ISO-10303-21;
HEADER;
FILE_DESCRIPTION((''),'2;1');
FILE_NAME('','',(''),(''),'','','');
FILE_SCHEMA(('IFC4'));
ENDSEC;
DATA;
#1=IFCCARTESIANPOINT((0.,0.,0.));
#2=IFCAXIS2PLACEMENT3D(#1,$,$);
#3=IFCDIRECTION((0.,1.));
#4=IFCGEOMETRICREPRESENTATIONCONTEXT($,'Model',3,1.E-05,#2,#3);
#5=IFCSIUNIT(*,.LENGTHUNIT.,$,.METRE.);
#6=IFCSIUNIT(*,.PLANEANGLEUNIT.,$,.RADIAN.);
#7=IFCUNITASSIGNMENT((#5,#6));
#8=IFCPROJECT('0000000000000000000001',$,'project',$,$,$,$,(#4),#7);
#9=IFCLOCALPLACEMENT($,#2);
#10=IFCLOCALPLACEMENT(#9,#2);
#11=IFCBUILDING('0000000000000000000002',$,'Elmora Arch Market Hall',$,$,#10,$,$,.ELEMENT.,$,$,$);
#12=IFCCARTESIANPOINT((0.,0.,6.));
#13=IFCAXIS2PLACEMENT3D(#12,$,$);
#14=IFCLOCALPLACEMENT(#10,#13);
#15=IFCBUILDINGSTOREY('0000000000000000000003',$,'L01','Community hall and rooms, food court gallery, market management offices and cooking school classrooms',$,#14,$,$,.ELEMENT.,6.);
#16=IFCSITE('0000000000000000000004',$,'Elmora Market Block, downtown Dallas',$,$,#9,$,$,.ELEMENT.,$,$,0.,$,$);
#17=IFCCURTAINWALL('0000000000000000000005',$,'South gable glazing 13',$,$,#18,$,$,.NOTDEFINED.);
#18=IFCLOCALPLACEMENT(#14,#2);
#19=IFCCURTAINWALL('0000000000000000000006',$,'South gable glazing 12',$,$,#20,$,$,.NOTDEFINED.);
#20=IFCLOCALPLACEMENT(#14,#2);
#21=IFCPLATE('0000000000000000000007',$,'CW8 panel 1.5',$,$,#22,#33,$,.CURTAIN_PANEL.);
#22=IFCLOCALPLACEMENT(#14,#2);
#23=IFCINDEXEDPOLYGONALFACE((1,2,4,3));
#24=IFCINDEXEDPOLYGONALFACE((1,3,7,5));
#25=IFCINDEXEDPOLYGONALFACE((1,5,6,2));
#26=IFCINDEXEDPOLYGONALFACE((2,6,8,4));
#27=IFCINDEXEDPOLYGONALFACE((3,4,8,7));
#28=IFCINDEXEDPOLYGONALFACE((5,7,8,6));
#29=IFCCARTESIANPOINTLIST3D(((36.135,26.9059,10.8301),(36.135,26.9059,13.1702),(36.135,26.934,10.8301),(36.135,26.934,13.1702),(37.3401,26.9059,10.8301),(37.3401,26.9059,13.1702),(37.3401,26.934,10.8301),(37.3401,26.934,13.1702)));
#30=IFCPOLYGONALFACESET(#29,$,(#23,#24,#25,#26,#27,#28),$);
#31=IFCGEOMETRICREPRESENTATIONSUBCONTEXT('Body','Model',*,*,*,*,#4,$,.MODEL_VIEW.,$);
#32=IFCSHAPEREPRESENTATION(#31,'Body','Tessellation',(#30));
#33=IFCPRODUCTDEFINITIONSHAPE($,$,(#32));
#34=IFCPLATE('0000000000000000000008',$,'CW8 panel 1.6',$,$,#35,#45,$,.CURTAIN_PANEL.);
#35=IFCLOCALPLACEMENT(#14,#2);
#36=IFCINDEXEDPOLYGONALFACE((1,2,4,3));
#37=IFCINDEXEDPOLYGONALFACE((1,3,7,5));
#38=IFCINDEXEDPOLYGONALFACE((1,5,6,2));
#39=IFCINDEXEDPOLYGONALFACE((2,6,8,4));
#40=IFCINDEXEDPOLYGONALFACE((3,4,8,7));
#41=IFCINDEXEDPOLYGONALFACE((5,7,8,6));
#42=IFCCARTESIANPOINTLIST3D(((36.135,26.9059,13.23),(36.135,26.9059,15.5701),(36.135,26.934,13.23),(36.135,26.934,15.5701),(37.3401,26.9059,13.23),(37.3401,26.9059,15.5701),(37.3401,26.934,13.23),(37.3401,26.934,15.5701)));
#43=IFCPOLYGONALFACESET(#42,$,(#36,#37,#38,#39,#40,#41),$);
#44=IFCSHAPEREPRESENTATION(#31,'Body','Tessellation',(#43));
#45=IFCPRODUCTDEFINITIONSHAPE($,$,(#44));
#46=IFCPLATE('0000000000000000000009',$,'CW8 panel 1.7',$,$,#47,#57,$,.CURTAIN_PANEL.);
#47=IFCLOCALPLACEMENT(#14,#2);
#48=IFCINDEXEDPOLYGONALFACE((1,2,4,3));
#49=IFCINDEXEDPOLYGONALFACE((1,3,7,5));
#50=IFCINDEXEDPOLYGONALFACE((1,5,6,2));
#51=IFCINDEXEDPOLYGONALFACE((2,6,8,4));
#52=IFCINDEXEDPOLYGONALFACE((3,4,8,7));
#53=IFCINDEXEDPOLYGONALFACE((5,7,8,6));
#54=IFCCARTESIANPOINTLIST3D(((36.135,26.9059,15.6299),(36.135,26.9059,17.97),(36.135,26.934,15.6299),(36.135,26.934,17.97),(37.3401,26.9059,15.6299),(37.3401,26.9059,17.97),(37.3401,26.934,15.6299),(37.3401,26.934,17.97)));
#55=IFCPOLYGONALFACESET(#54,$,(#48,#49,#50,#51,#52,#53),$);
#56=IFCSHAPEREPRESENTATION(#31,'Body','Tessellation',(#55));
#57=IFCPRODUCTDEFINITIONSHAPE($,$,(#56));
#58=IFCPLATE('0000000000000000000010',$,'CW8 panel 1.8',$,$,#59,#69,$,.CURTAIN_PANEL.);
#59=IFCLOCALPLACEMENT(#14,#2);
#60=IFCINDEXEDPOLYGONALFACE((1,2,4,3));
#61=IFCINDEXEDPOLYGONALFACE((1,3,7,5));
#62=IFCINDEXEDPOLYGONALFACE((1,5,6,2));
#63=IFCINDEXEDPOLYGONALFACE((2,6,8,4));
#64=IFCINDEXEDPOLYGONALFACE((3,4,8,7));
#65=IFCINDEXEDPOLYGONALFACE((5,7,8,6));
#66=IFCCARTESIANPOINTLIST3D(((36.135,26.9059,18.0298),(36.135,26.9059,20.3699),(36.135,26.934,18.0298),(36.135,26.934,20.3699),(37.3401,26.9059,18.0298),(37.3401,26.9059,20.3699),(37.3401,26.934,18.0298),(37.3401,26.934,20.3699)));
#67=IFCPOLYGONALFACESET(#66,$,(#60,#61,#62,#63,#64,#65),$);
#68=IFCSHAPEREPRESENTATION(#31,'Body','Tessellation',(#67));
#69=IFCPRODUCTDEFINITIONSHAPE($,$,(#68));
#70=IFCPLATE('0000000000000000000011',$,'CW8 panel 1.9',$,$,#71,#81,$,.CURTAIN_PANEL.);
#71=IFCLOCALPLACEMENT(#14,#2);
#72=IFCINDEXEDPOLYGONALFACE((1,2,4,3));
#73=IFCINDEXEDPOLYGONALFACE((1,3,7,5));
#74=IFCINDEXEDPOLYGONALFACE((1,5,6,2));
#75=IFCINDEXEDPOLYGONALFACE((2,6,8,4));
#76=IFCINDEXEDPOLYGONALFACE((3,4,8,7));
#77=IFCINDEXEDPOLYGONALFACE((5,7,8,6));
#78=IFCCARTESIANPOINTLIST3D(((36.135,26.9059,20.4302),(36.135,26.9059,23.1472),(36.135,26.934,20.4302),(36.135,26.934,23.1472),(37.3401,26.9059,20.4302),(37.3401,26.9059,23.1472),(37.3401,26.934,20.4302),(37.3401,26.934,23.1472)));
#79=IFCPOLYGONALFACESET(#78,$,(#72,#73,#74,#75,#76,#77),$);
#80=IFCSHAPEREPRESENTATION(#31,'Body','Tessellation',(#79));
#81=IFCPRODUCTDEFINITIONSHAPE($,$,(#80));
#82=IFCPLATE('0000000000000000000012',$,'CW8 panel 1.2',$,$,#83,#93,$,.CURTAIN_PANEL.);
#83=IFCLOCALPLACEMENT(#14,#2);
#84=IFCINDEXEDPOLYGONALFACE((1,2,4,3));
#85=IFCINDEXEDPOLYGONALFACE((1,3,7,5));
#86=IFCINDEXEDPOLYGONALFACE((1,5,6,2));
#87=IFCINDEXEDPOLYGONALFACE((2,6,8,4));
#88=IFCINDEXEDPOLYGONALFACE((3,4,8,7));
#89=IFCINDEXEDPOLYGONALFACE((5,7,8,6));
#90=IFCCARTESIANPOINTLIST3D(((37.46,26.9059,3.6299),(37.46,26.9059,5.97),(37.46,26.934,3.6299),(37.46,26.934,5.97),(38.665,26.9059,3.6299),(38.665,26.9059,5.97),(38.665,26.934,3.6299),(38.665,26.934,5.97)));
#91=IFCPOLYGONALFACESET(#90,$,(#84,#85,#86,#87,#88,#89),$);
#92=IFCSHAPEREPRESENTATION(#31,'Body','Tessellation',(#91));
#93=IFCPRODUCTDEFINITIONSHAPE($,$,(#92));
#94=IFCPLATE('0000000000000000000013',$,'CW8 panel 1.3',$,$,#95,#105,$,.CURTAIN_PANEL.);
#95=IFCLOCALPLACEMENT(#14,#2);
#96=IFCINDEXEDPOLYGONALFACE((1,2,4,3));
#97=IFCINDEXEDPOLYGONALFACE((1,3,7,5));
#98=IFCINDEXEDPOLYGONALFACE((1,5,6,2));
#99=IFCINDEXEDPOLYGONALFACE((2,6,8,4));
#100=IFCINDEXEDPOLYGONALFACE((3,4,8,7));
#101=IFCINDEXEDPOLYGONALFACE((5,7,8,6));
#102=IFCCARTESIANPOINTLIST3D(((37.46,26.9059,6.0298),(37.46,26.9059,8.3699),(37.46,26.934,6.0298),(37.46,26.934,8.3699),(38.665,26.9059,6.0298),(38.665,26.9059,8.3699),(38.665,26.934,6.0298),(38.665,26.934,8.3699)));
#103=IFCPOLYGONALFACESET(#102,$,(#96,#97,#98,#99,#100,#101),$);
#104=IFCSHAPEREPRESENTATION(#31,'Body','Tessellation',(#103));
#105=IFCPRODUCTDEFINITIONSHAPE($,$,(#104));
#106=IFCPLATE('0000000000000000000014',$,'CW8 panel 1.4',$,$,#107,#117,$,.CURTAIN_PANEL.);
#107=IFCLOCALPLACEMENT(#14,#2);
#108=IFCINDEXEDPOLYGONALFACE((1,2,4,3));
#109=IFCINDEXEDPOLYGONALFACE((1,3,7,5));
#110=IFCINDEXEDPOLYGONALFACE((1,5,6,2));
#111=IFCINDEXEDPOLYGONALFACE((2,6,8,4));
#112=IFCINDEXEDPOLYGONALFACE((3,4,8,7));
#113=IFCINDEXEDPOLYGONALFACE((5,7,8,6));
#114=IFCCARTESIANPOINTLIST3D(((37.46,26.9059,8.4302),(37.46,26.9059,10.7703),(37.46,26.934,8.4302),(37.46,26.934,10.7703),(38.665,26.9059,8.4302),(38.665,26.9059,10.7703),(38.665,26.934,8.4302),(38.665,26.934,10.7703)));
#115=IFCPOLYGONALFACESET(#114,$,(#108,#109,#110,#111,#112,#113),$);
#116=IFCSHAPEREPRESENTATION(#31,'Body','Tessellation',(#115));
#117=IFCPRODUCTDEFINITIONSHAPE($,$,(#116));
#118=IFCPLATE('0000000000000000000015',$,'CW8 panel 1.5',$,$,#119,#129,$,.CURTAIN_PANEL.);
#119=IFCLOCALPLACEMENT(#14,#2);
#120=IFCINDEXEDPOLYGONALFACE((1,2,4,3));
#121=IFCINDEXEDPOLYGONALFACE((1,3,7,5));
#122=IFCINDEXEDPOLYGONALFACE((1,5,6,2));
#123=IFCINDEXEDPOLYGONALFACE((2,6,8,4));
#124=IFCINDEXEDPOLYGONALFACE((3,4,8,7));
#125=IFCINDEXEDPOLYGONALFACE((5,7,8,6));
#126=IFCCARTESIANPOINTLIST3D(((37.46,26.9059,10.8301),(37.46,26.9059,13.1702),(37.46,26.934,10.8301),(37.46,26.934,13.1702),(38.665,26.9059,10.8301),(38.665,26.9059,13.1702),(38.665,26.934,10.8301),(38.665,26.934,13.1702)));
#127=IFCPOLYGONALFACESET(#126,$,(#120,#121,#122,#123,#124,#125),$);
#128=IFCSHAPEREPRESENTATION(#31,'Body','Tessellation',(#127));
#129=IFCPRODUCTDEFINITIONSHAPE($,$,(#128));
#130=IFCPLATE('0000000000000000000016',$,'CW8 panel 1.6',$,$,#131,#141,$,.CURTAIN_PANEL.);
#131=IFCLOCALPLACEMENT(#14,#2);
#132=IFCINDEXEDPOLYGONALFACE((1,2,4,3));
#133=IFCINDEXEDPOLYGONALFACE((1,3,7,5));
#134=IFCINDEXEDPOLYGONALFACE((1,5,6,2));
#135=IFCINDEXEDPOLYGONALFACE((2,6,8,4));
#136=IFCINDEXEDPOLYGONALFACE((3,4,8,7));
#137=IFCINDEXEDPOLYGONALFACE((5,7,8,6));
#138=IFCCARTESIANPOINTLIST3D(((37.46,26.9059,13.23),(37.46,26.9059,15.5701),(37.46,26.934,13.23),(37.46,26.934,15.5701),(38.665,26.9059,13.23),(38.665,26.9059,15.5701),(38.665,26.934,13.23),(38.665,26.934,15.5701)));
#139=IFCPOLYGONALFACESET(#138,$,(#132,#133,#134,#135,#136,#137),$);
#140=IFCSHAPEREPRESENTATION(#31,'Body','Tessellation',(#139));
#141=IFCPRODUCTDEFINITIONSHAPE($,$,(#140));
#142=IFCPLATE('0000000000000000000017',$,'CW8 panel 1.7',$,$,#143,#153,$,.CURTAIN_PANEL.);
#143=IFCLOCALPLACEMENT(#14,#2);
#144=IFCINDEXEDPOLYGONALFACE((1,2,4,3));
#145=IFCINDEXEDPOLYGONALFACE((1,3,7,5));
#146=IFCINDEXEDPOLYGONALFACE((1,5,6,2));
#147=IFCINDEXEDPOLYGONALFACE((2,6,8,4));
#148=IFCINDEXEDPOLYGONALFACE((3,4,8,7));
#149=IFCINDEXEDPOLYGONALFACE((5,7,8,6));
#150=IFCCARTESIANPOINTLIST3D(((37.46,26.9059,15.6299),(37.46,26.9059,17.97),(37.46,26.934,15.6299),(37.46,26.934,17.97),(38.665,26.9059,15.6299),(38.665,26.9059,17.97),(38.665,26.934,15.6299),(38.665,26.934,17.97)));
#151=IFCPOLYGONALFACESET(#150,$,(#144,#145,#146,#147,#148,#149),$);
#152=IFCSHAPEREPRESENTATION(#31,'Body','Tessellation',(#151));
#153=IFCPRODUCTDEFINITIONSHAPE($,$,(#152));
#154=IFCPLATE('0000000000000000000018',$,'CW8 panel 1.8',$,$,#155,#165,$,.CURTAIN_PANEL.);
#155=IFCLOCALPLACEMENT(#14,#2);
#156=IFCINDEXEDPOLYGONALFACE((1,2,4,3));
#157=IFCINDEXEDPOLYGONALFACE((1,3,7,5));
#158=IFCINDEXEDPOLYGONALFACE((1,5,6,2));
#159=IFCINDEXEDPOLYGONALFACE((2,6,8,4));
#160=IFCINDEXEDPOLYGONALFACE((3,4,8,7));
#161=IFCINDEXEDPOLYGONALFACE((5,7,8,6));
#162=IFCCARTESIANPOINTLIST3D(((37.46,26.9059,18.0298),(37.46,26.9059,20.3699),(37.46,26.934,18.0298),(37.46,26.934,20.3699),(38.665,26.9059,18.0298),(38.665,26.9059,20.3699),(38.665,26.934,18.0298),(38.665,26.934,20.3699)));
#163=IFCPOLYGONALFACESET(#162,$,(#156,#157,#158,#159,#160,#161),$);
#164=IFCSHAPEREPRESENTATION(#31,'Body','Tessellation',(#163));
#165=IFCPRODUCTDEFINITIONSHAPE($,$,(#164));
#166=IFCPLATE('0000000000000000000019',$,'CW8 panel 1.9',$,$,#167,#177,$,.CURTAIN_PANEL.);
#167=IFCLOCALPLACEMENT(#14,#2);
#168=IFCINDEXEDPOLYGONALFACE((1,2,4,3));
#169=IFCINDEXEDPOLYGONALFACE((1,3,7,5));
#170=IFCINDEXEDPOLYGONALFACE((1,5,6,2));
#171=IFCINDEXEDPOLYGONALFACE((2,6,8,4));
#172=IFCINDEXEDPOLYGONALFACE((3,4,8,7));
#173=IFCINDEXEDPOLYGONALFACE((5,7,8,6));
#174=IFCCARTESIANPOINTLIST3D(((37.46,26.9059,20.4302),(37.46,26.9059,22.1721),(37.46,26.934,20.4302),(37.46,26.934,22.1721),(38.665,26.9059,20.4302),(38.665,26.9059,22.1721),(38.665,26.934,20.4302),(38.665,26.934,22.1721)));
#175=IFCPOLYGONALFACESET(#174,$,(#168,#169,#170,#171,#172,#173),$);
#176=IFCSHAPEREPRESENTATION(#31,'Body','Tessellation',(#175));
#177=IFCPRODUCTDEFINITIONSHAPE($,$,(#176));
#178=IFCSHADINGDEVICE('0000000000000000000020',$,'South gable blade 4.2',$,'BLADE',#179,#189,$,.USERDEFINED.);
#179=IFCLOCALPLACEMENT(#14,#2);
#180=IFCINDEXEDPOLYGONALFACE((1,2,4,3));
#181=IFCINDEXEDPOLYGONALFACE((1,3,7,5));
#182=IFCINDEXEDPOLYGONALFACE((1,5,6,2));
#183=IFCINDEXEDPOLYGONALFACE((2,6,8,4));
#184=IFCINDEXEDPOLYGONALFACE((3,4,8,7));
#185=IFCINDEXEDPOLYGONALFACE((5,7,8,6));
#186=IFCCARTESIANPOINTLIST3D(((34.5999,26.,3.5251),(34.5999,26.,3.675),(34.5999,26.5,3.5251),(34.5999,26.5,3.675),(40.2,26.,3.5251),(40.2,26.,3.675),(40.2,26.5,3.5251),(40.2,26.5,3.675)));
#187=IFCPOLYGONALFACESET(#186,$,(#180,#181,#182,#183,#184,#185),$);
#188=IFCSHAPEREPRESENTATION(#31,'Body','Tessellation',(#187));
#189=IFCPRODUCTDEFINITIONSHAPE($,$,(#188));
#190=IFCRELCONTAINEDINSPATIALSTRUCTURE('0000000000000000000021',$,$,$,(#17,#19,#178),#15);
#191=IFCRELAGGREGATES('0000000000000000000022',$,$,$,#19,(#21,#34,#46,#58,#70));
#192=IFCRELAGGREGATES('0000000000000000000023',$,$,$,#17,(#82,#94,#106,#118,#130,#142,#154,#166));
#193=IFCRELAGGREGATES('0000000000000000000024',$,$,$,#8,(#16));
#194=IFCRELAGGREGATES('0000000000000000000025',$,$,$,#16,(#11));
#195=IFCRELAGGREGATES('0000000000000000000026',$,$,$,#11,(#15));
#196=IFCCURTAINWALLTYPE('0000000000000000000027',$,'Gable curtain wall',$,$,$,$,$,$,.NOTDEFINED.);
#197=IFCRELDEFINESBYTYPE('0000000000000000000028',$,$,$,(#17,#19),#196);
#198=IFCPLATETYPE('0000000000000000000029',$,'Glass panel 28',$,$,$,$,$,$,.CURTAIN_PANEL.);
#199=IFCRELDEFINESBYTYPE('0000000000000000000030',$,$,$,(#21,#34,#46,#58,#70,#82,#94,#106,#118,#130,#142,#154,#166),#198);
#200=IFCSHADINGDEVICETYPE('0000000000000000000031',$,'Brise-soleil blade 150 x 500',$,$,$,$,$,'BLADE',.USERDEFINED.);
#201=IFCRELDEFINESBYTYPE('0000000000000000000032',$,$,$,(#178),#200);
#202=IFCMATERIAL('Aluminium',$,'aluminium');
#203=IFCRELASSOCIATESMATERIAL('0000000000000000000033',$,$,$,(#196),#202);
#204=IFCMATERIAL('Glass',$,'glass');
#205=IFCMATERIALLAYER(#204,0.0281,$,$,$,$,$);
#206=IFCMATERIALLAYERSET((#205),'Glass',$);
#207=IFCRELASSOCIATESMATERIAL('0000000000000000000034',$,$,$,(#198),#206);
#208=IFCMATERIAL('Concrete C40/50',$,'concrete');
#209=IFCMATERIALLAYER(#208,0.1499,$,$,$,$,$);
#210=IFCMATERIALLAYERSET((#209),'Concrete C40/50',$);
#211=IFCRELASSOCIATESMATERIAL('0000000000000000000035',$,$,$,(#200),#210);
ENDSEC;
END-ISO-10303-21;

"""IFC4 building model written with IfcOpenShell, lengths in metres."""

from ifc_helpers import new_model, si_unit, direction, frame, origin, origin_2d, place, context, subcontext, project, spatial, rectangle, extrude, material, layer, layer_set, type_object, element, aggregate, save


model = new_model("IFC4")

# Units and contexts
model_context = context("Model", 3, precision=1e-05, world=origin(), true_north=direction((0.0, 1.0)))
body_context = subcontext(model_context, "Body", "Model", "MODEL_VIEW")
ifc_project = project(units=[si_unit("LENGTHUNIT", "METRE"), si_unit("PLANEANGLEUNIT", "RADIAN")], contexts=[model_context])

# Site, building, storey
site_placement = place(None, origin())
site = spatial("IfcSite", under=ifc_project, at=site_placement, Name="Elmora Market Block, downtown Dallas", CompositionType="ELEMENT", RefElevation=0.0)
building_placement = place(site_placement, origin())
building = spatial("IfcBuilding", under=site, at=building_placement, Name="Elmora Arch Market Hall", CompositionType="ELEMENT")
storey_placement = place(building_placement, frame((0.0, 0.0, 6.0)))
storey = spatial("IfcBuildingStorey", under=building, at=storey_placement, Name="L01", Description="Community hall and rooms, food court gallery, market management offices and cooking school classrooms", CompositionType="ELEMENT", Elevation=6.0)

# Curtain wall
ifc_material_1 = material(Name="Aluminium", Category="aluminium")
curtain_wall_type = type_object("IfcCurtainWallType", Name="Gable curtain wall", PredefinedType="NOTDEFINED", material=ifc_material_1)
curtain_wall_1_placement = place(storey_placement, origin())
curtain_wall_1 = element("IfcCurtainWall", 1, at=curtain_wall_1_placement, inside=storey, type_object=curtain_wall_type, Name="South gable glazing 13", PredefinedType="NOTDEFINED")

# Curtain wall, plates
curtain_wall_2_placement = place(storey_placement, origin())
curtain_wall_2 = element("IfcCurtainWall", 2, at=curtain_wall_2_placement, inside=storey, type_object=curtain_wall_type, Name="South gable glazing 12", PredefinedType="NOTDEFINED")
ifc_material_2 = material(Name="Glass", Category="glass")
ifc_layer_1 = layer(ifc_material_2, 0.0281)
ifc_layer_set_1 = layer_set([ifc_layer_1], Name="Glass")
plate_type = type_object("IfcPlateType", Name="Glass panel 28", PredefinedType="CURTAIN_PANEL", material=ifc_layer_set_1)
plate_1_placement = place(storey_placement, frame((36.7375, 26.9199, 10.8301), z_axis=(0.0, 0.0, 1.0), x_axis=(1.0, 0.0, 0.0)))
plate_1 = element("IfcPlate", 3, at=plate_1_placement, type_object=plate_type, Name="CW8 panel 1.5", PredefinedType="CURTAIN_PANEL", context=body_context, shape_type="SweptSolid", body=[
    extrude(rectangle(XDim=1.2051, YDim=0.0281, at=origin_2d()), origin(), (0.0, 0.0, 1.0), 2.3401),
])
plate_2_placement = place(storey_placement, frame((36.7375, 26.9199, 13.23), z_axis=(0.0, 0.0, 1.0), x_axis=(1.0, 0.0, 0.0)))
plate_2 = element("IfcPlate", 4, at=plate_2_placement, type_object=plate_type, Name="CW8 panel 1.6", PredefinedType="CURTAIN_PANEL", context=body_context, shape_type="SweptSolid", body=[
    extrude(rectangle(XDim=1.2051, YDim=0.0281, at=origin_2d()), origin(), (0.0, 0.0, 1.0), 2.3401),
])
plate_3_placement = place(storey_placement, frame((36.7375, 26.9199, 15.6299), z_axis=(0.0, 0.0, 1.0), x_axis=(1.0, 0.0, 0.0)))
plate_3 = element("IfcPlate", 5, at=plate_3_placement, type_object=plate_type, Name="CW8 panel 1.7", PredefinedType="CURTAIN_PANEL", context=body_context, shape_type="SweptSolid", body=[
    extrude(rectangle(XDim=1.2051, YDim=0.0281, at=origin_2d()), origin(), (0.0, 0.0, 1.0), 2.3401),
])
plate_4_placement = place(storey_placement, frame((36.7375, 26.9199, 18.0298), z_axis=(0.0, 0.0, 1.0), x_axis=(1.0, 0.0, 0.0)))
plate_4 = element("IfcPlate", 6, at=plate_4_placement, type_object=plate_type, Name="CW8 panel 1.8", PredefinedType="CURTAIN_PANEL", context=body_context, shape_type="SweptSolid", body=[
    extrude(rectangle(XDim=1.2051, YDim=0.0281, at=origin_2d()), origin(), (0.0, 0.0, 1.0), 2.3401),
])
plate_5_placement = place(storey_placement, frame((36.7375, 26.9199, 20.4302), z_axis=(0.0, 0.0, 1.0), x_axis=(1.0, 0.0, 0.0)))
plate_5 = element("IfcPlate", 7, at=plate_5_placement, type_object=plate_type, Name="CW8 panel 1.9", PredefinedType="CURTAIN_PANEL", context=body_context, shape_type="SweptSolid", body=[
    extrude(rectangle(XDim=1.2051, YDim=0.0281, at=origin_2d()), origin(), (0.0, 0.0, 1.0), 2.717),
])
aggregate(curtain_wall_2, [plate_1, plate_2, plate_3, plate_4, plate_5])

# Plates
plate_6_placement = place(storey_placement, frame((38.0625, 26.9199, 3.6299), z_axis=(0.0, 0.0, 1.0), x_axis=(1.0, 0.0, 0.0)))
plate_6 = element("IfcPlate", 8, at=plate_6_placement, type_object=plate_type, Name="CW8 panel 1.2", PredefinedType="CURTAIN_PANEL", context=body_context, shape_type="SweptSolid", body=[
    extrude(rectangle(XDim=1.2051, YDim=0.0281, at=origin_2d()), origin(), (0.0, 0.0, 1.0), 2.3401),
])
plate_7_placement = place(storey_placement, frame((38.0625, 26.9199, 6.0298), z_axis=(0.0, 0.0, 1.0), x_axis=(1.0, 0.0, 0.0)))
plate_7 = element("IfcPlate", 9, at=plate_7_placement, type_object=plate_type, Name="CW8 panel 1.3", PredefinedType="CURTAIN_PANEL", context=body_context, shape_type="SweptSolid", body=[
    extrude(rectangle(XDim=1.2051, YDim=0.0281, at=origin_2d()), origin(), (0.0, 0.0, 1.0), 2.3401),
])
plate_8_placement = place(storey_placement, frame((38.0625, 26.9199, 8.4302), z_axis=(0.0, 0.0, 1.0), x_axis=(1.0, 0.0, 0.0)))
plate_8 = element("IfcPlate", 10, at=plate_8_placement, type_object=plate_type, Name="CW8 panel 1.4", PredefinedType="CURTAIN_PANEL", context=body_context, shape_type="SweptSolid", body=[
    extrude(rectangle(XDim=1.2051, YDim=0.0281, at=origin_2d()), origin(), (0.0, 0.0, 1.0), 2.3401),
])
plate_9_placement = place(storey_placement, frame((38.0625, 26.9199, 10.8301), z_axis=(0.0, 0.0, 1.0), x_axis=(1.0, 0.0, 0.0)))
plate_9 = element("IfcPlate", 11, at=plate_9_placement, type_object=plate_type, Name="CW8 panel 1.5", PredefinedType="CURTAIN_PANEL", context=body_context, shape_type="SweptSolid", body=[
    extrude(rectangle(XDim=1.2051, YDim=0.0281, at=origin_2d()), origin(), (0.0, 0.0, 1.0), 2.3401),
])
plate_10_placement = place(storey_placement, frame((38.0625, 26.9199, 13.23), z_axis=(0.0, 0.0, 1.0), x_axis=(1.0, 0.0, 0.0)))
plate_10 = element("IfcPlate", 12, at=plate_10_placement, type_object=plate_type, Name="CW8 panel 1.6", PredefinedType="CURTAIN_PANEL", context=body_context, shape_type="SweptSolid", body=[
    extrude(rectangle(XDim=1.2051, YDim=0.0281, at=origin_2d()), origin(), (0.0, 0.0, 1.0), 2.3401),
])
plate_11_placement = place(storey_placement, frame((38.0625, 26.9199, 15.6299), z_axis=(0.0, 0.0, 1.0), x_axis=(1.0, 0.0, 0.0)))
plate_11 = element("IfcPlate", 13, at=plate_11_placement, type_object=plate_type, Name="CW8 panel 1.7", PredefinedType="CURTAIN_PANEL", context=body_context, shape_type="SweptSolid", body=[
    extrude(rectangle(XDim=1.2051, YDim=0.0281, at=origin_2d()), origin(), (0.0, 0.0, 1.0), 2.3401),
])
plate_12_placement = place(storey_placement, frame((38.0625, 26.9199, 18.0298), z_axis=(0.0, 0.0, 1.0), x_axis=(1.0, 0.0, 0.0)))
plate_12 = element("IfcPlate", 14, at=plate_12_placement, type_object=plate_type, Name="CW8 panel 1.8", PredefinedType="CURTAIN_PANEL", context=body_context, shape_type="SweptSolid", body=[
    extrude(rectangle(XDim=1.2051, YDim=0.0281, at=origin_2d()), origin(), (0.0, 0.0, 1.0), 2.3401),
])
plate_13_placement = place(storey_placement, frame((38.0625, 26.9199, 20.4302), z_axis=(0.0, 0.0, 1.0), x_axis=(1.0, 0.0, 0.0)))
plate_13 = element("IfcPlate", 15, at=plate_13_placement, type_object=plate_type, Name="CW8 panel 1.9", PredefinedType="CURTAIN_PANEL", context=body_context, shape_type="SweptSolid", body=[
    extrude(rectangle(XDim=1.2051, YDim=0.0281, at=origin_2d()), origin(), (0.0, 0.0, 1.0), 1.7419),
])
aggregate(curtain_wall_1, [plate_6, plate_7, plate_8, plate_9, plate_10, plate_11, plate_12, plate_13])

# Shading device
ifc_material_3 = material(Name="Concrete C40/50", Category="concrete")
ifc_layer_2 = layer(ifc_material_3, 0.1499)
ifc_layer_set_2 = layer_set([ifc_layer_2], Name="Concrete C40/50")
shading_device_type = type_object("IfcShadingDeviceType", Name="Brise-soleil blade 150 x 500", ElementType="BLADE", PredefinedType="USERDEFINED", material=ifc_layer_set_2)
shading_device_placement = place(storey_placement, frame((37.3999, 26.25, 3.5251), z_axis=(0.0, 0.0, 1.0), x_axis=(1.0, 0.0, 0.0)))
element("IfcShadingDevice", 16, at=shading_device_placement, inside=storey, type_object=shading_device_type, Name="South gable blade 4.2", ObjectType="BLADE", PredefinedType="USERDEFINED", context=body_context, shape_type="SweptSolid", body=[
    extrude(rectangle(XDim=5.6001, YDim=0.5, at=origin_2d()), origin(), (0.0, 0.0, 1.0), 0.1499),
])

save(model, "model.ifc")
